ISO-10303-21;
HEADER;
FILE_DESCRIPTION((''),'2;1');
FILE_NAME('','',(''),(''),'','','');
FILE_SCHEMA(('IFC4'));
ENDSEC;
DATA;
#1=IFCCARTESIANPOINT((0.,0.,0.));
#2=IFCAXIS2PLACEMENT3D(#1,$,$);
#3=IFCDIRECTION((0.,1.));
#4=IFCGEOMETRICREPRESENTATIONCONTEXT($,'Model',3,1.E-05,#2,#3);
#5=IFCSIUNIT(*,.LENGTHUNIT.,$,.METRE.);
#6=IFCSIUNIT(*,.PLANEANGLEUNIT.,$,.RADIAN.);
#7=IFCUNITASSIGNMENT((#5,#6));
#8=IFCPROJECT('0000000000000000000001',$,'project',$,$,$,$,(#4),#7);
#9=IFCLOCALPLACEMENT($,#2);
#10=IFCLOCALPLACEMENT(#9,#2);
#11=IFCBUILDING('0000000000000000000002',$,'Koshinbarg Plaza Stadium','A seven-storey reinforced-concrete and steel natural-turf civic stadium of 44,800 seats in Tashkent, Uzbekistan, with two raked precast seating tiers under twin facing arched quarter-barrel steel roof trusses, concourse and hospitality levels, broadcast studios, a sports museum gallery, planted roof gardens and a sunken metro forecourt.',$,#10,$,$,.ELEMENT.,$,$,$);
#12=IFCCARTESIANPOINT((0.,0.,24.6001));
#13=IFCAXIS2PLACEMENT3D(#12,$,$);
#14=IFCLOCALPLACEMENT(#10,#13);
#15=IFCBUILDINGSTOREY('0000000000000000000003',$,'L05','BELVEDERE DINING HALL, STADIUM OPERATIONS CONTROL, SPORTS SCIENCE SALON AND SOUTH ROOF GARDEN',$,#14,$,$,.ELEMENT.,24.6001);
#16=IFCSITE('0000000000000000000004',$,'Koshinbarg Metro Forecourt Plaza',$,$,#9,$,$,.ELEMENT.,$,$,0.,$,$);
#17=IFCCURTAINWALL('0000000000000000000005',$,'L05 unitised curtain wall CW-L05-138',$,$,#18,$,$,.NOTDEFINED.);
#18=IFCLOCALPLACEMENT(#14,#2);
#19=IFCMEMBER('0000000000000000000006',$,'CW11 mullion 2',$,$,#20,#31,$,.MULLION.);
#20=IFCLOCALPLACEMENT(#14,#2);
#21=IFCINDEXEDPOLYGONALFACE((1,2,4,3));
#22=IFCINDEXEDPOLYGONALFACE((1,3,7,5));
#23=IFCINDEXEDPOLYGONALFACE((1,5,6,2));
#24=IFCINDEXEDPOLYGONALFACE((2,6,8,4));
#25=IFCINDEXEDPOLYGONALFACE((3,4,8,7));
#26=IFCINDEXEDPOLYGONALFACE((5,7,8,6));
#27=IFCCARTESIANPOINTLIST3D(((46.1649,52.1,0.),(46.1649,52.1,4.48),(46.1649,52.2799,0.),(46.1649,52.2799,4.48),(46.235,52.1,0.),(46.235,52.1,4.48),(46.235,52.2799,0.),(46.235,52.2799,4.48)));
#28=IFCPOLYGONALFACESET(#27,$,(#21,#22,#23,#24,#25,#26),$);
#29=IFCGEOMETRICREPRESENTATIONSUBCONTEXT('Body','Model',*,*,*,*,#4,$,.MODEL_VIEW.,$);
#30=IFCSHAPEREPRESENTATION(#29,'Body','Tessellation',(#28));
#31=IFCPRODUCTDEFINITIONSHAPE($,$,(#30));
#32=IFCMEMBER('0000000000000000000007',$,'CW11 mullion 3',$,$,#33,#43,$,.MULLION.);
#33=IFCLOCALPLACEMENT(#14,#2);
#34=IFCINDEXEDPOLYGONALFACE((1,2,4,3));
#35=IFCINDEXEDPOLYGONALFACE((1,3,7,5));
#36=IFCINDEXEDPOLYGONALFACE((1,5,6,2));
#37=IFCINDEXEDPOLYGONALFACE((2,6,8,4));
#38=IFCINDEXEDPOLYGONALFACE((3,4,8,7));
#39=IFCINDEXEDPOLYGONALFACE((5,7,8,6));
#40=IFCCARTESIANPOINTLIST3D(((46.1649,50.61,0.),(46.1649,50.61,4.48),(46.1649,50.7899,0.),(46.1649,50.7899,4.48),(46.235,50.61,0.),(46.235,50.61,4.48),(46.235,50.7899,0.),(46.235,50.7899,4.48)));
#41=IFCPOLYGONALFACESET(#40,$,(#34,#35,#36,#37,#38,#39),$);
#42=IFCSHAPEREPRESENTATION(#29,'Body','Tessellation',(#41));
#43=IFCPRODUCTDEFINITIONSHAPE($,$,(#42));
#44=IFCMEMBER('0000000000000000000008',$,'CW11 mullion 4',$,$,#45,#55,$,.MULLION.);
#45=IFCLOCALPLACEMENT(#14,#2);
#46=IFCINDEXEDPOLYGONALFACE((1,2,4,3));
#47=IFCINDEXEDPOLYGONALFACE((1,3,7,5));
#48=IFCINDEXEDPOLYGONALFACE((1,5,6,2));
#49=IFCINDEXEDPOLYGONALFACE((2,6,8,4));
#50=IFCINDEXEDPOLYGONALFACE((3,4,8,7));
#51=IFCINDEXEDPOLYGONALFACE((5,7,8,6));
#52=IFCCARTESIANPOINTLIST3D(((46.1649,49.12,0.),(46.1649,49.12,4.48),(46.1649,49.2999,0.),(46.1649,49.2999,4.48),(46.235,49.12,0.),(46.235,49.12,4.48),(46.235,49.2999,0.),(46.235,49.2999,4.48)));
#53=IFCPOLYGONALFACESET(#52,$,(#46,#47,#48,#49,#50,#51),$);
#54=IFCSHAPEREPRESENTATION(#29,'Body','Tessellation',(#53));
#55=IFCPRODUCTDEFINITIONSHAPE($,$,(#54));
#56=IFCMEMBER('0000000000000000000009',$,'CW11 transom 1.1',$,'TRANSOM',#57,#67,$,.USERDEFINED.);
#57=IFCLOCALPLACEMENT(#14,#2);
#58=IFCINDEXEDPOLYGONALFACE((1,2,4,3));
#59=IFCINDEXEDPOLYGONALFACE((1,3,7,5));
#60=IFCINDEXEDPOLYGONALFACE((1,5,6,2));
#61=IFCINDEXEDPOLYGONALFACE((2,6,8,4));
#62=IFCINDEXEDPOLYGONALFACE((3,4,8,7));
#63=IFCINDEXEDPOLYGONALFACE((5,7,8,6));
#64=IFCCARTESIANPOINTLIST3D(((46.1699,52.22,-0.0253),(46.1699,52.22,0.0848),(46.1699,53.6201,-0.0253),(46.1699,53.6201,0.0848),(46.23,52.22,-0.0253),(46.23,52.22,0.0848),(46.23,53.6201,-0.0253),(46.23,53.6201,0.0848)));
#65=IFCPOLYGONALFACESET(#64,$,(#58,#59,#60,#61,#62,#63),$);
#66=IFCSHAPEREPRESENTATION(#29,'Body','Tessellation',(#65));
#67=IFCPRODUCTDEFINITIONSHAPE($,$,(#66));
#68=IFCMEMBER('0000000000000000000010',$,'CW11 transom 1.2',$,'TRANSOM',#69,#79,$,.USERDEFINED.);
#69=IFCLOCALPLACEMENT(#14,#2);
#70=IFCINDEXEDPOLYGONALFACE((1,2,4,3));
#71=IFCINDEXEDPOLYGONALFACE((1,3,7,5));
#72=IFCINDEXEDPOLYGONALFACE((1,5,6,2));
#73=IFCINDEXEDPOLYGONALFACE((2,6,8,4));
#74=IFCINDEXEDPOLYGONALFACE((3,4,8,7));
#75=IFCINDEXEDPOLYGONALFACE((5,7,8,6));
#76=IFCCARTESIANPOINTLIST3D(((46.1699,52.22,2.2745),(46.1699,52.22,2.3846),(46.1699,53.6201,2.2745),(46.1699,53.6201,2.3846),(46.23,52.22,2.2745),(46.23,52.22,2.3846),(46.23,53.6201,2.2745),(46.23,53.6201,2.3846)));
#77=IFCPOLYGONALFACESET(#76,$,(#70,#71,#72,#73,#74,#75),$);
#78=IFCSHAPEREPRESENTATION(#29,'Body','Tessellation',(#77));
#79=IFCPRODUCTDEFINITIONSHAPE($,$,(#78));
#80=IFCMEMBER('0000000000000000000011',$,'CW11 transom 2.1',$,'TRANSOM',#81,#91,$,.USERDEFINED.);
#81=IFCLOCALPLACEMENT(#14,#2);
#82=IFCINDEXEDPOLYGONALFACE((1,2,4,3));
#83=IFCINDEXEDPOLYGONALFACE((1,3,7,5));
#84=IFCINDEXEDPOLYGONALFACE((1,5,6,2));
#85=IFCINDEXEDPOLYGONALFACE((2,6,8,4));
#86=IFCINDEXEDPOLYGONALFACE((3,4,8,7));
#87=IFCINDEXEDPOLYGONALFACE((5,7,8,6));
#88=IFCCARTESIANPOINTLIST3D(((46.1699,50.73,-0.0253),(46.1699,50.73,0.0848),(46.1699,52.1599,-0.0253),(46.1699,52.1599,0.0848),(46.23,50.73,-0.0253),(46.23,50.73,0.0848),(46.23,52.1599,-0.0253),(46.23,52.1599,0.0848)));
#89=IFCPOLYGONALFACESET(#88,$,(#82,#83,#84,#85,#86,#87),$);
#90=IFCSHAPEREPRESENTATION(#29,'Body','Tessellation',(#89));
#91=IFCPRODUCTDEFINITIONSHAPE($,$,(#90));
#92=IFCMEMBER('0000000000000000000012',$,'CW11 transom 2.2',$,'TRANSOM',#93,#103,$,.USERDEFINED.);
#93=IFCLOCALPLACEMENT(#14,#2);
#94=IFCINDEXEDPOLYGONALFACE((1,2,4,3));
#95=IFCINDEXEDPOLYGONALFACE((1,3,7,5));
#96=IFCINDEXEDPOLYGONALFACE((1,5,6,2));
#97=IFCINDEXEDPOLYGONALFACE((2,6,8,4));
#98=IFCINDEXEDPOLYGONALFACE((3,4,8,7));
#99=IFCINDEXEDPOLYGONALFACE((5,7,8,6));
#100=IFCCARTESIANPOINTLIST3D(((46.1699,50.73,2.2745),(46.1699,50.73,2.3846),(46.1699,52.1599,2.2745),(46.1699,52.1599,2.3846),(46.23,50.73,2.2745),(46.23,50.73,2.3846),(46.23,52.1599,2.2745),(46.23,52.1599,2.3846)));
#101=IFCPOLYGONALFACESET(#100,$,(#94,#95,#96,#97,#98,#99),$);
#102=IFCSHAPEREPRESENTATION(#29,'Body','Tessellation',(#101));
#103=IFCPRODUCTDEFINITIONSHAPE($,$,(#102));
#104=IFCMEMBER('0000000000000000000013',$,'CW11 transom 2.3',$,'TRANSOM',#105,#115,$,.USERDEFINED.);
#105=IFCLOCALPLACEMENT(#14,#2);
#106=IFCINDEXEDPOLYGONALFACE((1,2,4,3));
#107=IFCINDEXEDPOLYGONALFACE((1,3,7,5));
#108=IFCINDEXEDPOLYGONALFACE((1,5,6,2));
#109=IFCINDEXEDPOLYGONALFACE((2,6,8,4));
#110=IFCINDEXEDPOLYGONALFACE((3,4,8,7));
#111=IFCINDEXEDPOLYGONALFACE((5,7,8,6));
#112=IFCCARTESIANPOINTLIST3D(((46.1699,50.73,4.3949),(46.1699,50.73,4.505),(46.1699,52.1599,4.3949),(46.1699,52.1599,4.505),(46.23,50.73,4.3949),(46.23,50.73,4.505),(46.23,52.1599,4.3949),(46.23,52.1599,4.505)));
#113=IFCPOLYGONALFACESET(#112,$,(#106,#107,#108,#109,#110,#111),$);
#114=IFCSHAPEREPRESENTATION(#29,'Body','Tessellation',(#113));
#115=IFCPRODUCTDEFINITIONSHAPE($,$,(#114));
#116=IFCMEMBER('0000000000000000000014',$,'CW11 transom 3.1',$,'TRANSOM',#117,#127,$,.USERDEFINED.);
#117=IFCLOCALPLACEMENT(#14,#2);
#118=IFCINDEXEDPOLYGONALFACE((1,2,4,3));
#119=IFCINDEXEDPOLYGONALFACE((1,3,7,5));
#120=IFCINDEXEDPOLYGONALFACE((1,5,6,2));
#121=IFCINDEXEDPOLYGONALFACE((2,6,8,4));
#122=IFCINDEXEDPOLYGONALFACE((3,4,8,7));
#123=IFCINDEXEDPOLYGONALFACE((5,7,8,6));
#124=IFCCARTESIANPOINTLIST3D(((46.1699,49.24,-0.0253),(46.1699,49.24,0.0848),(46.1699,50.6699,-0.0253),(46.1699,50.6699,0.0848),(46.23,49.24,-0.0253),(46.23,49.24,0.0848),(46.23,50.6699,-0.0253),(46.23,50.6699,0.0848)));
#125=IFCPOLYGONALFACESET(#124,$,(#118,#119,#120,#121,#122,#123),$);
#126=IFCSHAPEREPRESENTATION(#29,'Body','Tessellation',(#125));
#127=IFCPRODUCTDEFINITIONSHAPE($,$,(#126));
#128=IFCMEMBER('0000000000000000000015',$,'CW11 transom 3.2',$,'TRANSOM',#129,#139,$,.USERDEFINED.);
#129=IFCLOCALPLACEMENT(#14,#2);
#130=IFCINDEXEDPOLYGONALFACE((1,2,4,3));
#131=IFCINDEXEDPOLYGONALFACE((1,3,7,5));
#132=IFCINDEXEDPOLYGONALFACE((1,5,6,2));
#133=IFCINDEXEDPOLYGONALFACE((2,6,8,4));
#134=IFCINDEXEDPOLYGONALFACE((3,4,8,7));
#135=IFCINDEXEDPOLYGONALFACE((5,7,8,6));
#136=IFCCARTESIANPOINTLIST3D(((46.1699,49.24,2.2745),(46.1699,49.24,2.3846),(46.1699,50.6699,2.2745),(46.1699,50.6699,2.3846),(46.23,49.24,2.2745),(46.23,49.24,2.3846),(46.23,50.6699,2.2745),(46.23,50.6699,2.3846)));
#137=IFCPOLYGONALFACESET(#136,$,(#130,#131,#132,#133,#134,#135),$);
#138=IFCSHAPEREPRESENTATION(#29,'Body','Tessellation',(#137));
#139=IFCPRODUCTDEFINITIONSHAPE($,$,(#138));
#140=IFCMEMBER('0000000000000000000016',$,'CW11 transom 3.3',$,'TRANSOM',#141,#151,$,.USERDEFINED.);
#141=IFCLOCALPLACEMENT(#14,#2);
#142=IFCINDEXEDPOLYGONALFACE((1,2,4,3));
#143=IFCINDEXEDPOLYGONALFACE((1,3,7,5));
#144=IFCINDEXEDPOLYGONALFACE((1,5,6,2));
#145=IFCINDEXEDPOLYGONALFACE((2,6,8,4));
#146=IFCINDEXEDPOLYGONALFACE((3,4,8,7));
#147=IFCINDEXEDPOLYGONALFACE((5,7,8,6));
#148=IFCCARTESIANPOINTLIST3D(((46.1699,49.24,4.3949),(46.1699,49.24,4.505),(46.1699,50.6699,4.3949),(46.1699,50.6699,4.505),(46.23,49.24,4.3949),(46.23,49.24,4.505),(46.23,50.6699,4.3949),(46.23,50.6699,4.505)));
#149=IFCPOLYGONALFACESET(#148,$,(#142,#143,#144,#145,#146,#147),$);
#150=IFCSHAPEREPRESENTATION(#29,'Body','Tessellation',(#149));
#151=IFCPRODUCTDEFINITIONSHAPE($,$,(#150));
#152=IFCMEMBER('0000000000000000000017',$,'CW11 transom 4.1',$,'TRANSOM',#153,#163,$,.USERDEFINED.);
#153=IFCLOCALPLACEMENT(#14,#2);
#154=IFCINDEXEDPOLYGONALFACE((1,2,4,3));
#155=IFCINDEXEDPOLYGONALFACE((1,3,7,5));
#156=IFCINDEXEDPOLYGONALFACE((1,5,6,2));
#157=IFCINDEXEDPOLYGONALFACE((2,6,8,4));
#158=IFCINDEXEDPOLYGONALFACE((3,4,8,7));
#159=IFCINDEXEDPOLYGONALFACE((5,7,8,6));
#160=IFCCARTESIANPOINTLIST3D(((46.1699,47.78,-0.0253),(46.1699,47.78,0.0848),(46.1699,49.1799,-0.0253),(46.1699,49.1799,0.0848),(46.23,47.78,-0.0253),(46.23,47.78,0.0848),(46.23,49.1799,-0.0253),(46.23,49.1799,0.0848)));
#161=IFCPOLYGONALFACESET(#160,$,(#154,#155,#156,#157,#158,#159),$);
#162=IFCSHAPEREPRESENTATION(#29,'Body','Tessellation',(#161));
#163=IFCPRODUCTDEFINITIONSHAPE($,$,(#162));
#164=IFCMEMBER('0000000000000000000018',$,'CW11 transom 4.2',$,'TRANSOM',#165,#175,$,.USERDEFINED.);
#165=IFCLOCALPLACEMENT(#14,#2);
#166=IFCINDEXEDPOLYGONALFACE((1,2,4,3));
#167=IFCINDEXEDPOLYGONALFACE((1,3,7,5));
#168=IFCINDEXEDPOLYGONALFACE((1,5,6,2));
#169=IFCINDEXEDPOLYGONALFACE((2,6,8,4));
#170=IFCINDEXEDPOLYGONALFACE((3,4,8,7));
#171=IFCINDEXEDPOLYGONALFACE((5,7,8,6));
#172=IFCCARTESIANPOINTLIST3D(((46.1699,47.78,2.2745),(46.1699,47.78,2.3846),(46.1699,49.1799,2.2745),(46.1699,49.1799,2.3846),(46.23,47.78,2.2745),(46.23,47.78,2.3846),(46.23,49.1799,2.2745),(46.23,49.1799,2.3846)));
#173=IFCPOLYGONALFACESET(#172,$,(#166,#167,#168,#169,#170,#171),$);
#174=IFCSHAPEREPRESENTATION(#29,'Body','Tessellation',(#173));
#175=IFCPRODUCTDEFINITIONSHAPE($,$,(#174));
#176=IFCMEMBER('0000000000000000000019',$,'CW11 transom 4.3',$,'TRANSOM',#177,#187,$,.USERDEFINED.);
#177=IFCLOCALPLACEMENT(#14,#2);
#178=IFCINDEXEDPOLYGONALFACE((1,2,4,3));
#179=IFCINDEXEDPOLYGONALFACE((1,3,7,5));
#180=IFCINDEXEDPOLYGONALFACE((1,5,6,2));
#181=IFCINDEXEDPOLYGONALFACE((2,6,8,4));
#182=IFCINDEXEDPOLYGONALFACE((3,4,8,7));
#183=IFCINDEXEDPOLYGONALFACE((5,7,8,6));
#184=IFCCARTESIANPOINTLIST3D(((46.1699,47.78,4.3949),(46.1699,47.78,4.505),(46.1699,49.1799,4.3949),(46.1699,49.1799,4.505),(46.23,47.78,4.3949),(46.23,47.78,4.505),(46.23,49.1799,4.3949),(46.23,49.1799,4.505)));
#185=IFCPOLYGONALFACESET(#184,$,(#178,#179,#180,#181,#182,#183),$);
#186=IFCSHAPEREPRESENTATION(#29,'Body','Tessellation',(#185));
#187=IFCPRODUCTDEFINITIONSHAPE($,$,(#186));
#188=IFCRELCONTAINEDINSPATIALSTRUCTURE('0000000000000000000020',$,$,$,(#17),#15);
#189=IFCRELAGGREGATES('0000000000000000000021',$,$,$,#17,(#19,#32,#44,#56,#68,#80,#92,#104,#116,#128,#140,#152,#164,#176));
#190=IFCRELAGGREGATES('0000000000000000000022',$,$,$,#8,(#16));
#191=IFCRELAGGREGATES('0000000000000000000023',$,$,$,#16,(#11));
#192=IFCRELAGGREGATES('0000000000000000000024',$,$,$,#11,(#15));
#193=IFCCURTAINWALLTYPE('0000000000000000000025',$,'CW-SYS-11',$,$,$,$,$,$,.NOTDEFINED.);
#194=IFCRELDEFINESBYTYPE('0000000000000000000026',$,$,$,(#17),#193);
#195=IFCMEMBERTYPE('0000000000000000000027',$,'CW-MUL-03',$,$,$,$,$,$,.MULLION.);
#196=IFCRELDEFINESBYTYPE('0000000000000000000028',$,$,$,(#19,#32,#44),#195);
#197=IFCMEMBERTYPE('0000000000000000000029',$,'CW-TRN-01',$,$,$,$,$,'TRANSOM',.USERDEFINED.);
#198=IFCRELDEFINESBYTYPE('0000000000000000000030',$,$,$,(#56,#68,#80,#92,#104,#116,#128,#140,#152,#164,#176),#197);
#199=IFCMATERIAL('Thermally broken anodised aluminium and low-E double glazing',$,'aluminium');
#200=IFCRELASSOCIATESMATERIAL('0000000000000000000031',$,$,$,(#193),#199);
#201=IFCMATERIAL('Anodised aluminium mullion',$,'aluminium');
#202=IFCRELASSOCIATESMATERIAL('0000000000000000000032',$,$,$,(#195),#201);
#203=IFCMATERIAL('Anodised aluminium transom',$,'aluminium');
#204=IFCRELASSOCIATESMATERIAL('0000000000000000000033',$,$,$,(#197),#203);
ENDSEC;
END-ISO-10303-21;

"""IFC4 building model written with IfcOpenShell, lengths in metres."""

from ifc_helpers import new_model, si_unit, direction, frame, origin, origin_2d, place, context, subcontext, project, spatial, rectangle, extrude, material, material_profile, profile_set, type_object, element, aggregate, save


model = new_model("IFC4")

# Units and contexts
model_context = context("Model", 3, precision=1e-05, world=origin(), true_north=direction((0.0, 1.0)))
body_context = subcontext(model_context, "Body", "Model", "MODEL_VIEW")
ifc_project = project(units=[si_unit("LENGTHUNIT", "METRE"), si_unit("PLANEANGLEUNIT", "RADIAN")], contexts=[model_context])

# Site, building, storey
site_placement = place(None, origin())
site = spatial("IfcSite", under=ifc_project, at=site_placement, Name="Koshinbarg Metro Forecourt Plaza", CompositionType="ELEMENT", RefElevation=0.0)
building_placement = place(site_placement, origin())
building = spatial("IfcBuilding", under=site, at=building_placement, Name="Koshinbarg Plaza Stadium", Description="A seven-storey reinforced-concrete and steel natural-turf civic stadium of 44,800 seats in Tashkent, Uzbekistan, with two raked precast seating tiers under twin facing arched quarter-barrel steel roof trusses, concourse and hospitality levels, broadcast studios, a sports museum gallery, planted roof gardens and a sunken metro forecourt.", CompositionType="ELEMENT")
storey_placement = place(building_placement, frame((0.0, 0.0, 24.6001)))
storey = spatial("IfcBuildingStorey", under=building, at=storey_placement, Name="L05", Description="BELVEDERE DINING HALL, STADIUM OPERATIONS CONTROL, SPORTS SCIENCE SALON AND SOUTH ROOF GARDEN", CompositionType="ELEMENT", Elevation=24.6001)

# Curtain wall, members
ifc_material_1 = material(Name="Thermally broken anodised aluminium and low-E double glazing", Category="aluminium")
curtain_wall_type = type_object("IfcCurtainWallType", Name="CW-SYS-11", PredefinedType="NOTDEFINED", material=ifc_material_1)
curtain_wall_placement = place(storey_placement, origin())
curtain_wall = element("IfcCurtainWall", 1, at=curtain_wall_placement, inside=storey, type_object=curtain_wall_type, Name="L05 unitised curtain wall CW-L05-138", PredefinedType="NOTDEFINED")
ifc_material_2 = material(Name="Anodised aluminium mullion", Category="aluminium")
ifc_material_profile_1 = material_profile(ifc_material_2, rectangle(XDim=0.0701, YDim=0.1799, at=origin_2d()), Name="ALU 70x180")
ifc_profile_set_1 = profile_set([ifc_material_profile_1], Name="Anodised aluminium mullion")
member_type_1 = type_object("IfcMemberType", Name="CW-MUL-03", PredefinedType="MULLION", material=ifc_profile_set_1)
member_1_placement = place(storey_placement, frame((46.2, 52.1899, 0.0), z_axis=(0.0, 0.0, 1.0), x_axis=(1.0, 0.0, 0.0)))
member_1 = element("IfcMember", 2, at=member_1_placement, type_object=member_type_1, Name="CW11 mullion 2", PredefinedType="MULLION", context=body_context, shape_type="SweptSolid", body=[
    extrude(rectangle(XDim=0.0701, YDim=0.1799, at=origin_2d()), origin(), (0.0, 0.0, 1.0), 4.48),
])
member_2_placement = place(storey_placement, frame((46.2, 50.7, 0.0), z_axis=(0.0, 0.0, 1.0), x_axis=(1.0, 0.0, 0.0)))
member_2 = element("IfcMember", 3, at=member_2_placement, type_object=member_type_1, Name="CW11 mullion 3", PredefinedType="MULLION", context=body_context, shape_type="SweptSolid", body=[
    extrude(rectangle(XDim=0.0701, YDim=0.1799, at=origin_2d()), origin(), (0.0, 0.0, 1.0), 4.48),
])
member_3_placement = place(storey_placement, frame((46.2, 49.21, 0.0), z_axis=(0.0, 0.0, 1.0), x_axis=(1.0, 0.0, 0.0)))
member_3 = element("IfcMember", 4, at=member_3_placement, type_object=member_type_1, Name="CW11 mullion 4", PredefinedType="MULLION", context=body_context, shape_type="SweptSolid", body=[
    extrude(rectangle(XDim=0.0701, YDim=0.1799, at=origin_2d()), origin(), (0.0, 0.0, 1.0), 4.48),
])
ifc_material_3 = material(Name="Anodised aluminium transom", Category="aluminium")
ifc_material_profile_2 = material_profile(ifc_material_3, rectangle(XDim=0.0601, YDim=0.1101, at=origin_2d()), Name="ALU 60x110")
ifc_profile_set_2 = profile_set([ifc_material_profile_2], Name="Anodised aluminium transom")
member_type_2 = type_object("IfcMemberType", Name="CW-TRN-01", ElementType="TRANSOM", PredefinedType="USERDEFINED", material=ifc_profile_set_2)
member_4_placement = place(storey_placement, frame((46.2, 53.6201, 0.0298), z_axis=(0.0, -1.0, 0.0), x_axis=(1.0, 0.0, 0.0)))
member_4 = element("IfcMember", 5, at=member_4_placement, type_object=member_type_2, Name="CW11 transom 1.1", ObjectType="TRANSOM", PredefinedType="USERDEFINED", context=body_context, shape_type="SweptSolid", body=[
    extrude(rectangle(XDim=0.0601, YDim=0.1101, at=origin_2d()), origin(), (0.0, 0.0, 1.0), 1.4001),
])
member_5_placement = place(storey_placement, frame((46.2, 53.6201, 2.3296), z_axis=(0.0, -1.0, 0.0), x_axis=(1.0, 0.0, 0.0)))
member_5 = element("IfcMember", 6, at=member_5_placement, type_object=member_type_2, Name="CW11 transom 1.2", ObjectType="TRANSOM", PredefinedType="USERDEFINED", context=body_context, shape_type="SweptSolid", body=[
    extrude(rectangle(XDim=0.0601, YDim=0.1101, at=origin_2d()), origin(), (0.0, 0.0, 1.0), 1.4001),
])
member_6_placement = place(storey_placement, frame((46.2, 52.1599, 0.0298), z_axis=(0.0, -1.0, 0.0), x_axis=(1.0, 0.0, 0.0)))
member_6 = element("IfcMember", 7, at=member_6_placement, type_object=member_type_2, Name="CW11 transom 2.1", ObjectType="TRANSOM", PredefinedType="USERDEFINED", context=body_context, shape_type="SweptSolid", body=[
    extrude(rectangle(XDim=0.0601, YDim=0.1101, at=origin_2d()), origin(), (0.0, 0.0, 1.0), 1.4299),
])
member_7_placement = place(storey_placement, frame((46.2, 52.1599, 2.3296), z_axis=(0.0, -1.0, 0.0), x_axis=(1.0, 0.0, 0.0)))
member_7 = element("IfcMember", 8, at=member_7_placement, type_object=member_type_2, Name="CW11 transom 2.2", ObjectType="TRANSOM", PredefinedType="USERDEFINED", context=body_context, shape_type="SweptSolid", body=[
    extrude(rectangle(XDim=0.0601, YDim=0.1101, at=origin_2d()), origin(), (0.0, 0.0, 1.0), 1.4299),
])
member_8_placement = place(storey_placement, frame((46.2, 52.1599, 4.45), z_axis=(0.0, -1.0, 0.0), x_axis=(1.0, 0.0, 0.0)))
member_8 = element("IfcMember", 9, at=member_8_placement, type_object=member_type_2, Name="CW11 transom 2.3", ObjectType="TRANSOM", PredefinedType="USERDEFINED", context=body_context, shape_type="SweptSolid", body=[
    extrude(rectangle(XDim=0.0601, YDim=0.1101, at=origin_2d()), origin(), (0.0, 0.0, 1.0), 1.4299),
])
member_9_placement = place(storey_placement, frame((46.2, 50.6699, 0.0298), z_axis=(0.0, -1.0, 0.0), x_axis=(1.0, 0.0, 0.0)))
member_9 = element("IfcMember", 10, at=member_9_placement, type_object=member_type_2, Name="CW11 transom 3.1", ObjectType="TRANSOM", PredefinedType="USERDEFINED", context=body_context, shape_type="SweptSolid", body=[
    extrude(rectangle(XDim=0.0601, YDim=0.1101, at=origin_2d()), origin(), (0.0, 0.0, 1.0), 1.4299),
])
member_10_placement = place(storey_placement, frame((46.2, 50.6699, 2.3296), z_axis=(0.0, -1.0, 0.0), x_axis=(1.0, 0.0, 0.0)))
member_10 = element("IfcMember", 11, at=member_10_placement, type_object=member_type_2, Name="CW11 transom 3.2", ObjectType="TRANSOM", PredefinedType="USERDEFINED", context=body_context, shape_type="SweptSolid", body=[
    extrude(rectangle(XDim=0.0601, YDim=0.1101, at=origin_2d()), origin(), (0.0, 0.0, 1.0), 1.4299),
])
member_11_placement = place(storey_placement, frame((46.2, 50.6699, 4.45), z_axis=(0.0, -1.0, 0.0), x_axis=(1.0, 0.0, 0.0)))
member_11 = element("IfcMember", 12, at=member_11_placement, type_object=member_type_2, Name="CW11 transom 3.3", ObjectType="TRANSOM", PredefinedType="USERDEFINED", context=body_context, shape_type="SweptSolid", body=[
    extrude(rectangle(XDim=0.0601, YDim=0.1101, at=origin_2d()), origin(), (0.0, 0.0, 1.0), 1.4299),
])
member_12_placement = place(storey_placement, frame((46.2, 49.1799, 0.0298), z_axis=(0.0, -1.0, 0.0), x_axis=(1.0, 0.0, 0.0)))
member_12 = element("IfcMember", 13, at=member_12_placement, type_object=member_type_2, Name="CW11 transom 4.1", ObjectType="TRANSOM", PredefinedType="USERDEFINED", context=body_context, shape_type="SweptSolid", body=[
    extrude(rectangle(XDim=0.0601, YDim=0.1101, at=origin_2d()), origin(), (0.0, 0.0, 1.0), 1.3999),
])
member_13_placement = place(storey_placement, frame((46.2, 49.1799, 2.3296), z_axis=(0.0, -1.0, 0.0), x_axis=(1.0, 0.0, 0.0)))
member_13 = element("IfcMember", 14, at=member_13_placement, type_object=member_type_2, Name="CW11 transom 4.2", ObjectType="TRANSOM", PredefinedType="USERDEFINED", context=body_context, shape_type="SweptSolid", body=[
    extrude(rectangle(XDim=0.0601, YDim=0.1101, at=origin_2d()), origin(), (0.0, 0.0, 1.0), 1.3999),
])
member_14_placement = place(storey_placement, frame((46.2, 49.1799, 4.45), z_axis=(0.0, -1.0, 0.0), x_axis=(1.0, 0.0, 0.0)))
member_14 = element("IfcMember", 15, at=member_14_placement, type_object=member_type_2, Name="CW11 transom 4.3", ObjectType="TRANSOM", PredefinedType="USERDEFINED", context=body_context, shape_type="SweptSolid", body=[
    extrude(rectangle(XDim=0.0601, YDim=0.1101, at=origin_2d()), origin(), (0.0, 0.0, 1.0), 1.3999),
])
aggregate(curtain_wall, [member_1, member_2, member_3, member_4, member_5, member_6, member_7, member_8, member_9, member_10, member_11, member_12, member_13, member_14])

save(model, "model.ifc")
